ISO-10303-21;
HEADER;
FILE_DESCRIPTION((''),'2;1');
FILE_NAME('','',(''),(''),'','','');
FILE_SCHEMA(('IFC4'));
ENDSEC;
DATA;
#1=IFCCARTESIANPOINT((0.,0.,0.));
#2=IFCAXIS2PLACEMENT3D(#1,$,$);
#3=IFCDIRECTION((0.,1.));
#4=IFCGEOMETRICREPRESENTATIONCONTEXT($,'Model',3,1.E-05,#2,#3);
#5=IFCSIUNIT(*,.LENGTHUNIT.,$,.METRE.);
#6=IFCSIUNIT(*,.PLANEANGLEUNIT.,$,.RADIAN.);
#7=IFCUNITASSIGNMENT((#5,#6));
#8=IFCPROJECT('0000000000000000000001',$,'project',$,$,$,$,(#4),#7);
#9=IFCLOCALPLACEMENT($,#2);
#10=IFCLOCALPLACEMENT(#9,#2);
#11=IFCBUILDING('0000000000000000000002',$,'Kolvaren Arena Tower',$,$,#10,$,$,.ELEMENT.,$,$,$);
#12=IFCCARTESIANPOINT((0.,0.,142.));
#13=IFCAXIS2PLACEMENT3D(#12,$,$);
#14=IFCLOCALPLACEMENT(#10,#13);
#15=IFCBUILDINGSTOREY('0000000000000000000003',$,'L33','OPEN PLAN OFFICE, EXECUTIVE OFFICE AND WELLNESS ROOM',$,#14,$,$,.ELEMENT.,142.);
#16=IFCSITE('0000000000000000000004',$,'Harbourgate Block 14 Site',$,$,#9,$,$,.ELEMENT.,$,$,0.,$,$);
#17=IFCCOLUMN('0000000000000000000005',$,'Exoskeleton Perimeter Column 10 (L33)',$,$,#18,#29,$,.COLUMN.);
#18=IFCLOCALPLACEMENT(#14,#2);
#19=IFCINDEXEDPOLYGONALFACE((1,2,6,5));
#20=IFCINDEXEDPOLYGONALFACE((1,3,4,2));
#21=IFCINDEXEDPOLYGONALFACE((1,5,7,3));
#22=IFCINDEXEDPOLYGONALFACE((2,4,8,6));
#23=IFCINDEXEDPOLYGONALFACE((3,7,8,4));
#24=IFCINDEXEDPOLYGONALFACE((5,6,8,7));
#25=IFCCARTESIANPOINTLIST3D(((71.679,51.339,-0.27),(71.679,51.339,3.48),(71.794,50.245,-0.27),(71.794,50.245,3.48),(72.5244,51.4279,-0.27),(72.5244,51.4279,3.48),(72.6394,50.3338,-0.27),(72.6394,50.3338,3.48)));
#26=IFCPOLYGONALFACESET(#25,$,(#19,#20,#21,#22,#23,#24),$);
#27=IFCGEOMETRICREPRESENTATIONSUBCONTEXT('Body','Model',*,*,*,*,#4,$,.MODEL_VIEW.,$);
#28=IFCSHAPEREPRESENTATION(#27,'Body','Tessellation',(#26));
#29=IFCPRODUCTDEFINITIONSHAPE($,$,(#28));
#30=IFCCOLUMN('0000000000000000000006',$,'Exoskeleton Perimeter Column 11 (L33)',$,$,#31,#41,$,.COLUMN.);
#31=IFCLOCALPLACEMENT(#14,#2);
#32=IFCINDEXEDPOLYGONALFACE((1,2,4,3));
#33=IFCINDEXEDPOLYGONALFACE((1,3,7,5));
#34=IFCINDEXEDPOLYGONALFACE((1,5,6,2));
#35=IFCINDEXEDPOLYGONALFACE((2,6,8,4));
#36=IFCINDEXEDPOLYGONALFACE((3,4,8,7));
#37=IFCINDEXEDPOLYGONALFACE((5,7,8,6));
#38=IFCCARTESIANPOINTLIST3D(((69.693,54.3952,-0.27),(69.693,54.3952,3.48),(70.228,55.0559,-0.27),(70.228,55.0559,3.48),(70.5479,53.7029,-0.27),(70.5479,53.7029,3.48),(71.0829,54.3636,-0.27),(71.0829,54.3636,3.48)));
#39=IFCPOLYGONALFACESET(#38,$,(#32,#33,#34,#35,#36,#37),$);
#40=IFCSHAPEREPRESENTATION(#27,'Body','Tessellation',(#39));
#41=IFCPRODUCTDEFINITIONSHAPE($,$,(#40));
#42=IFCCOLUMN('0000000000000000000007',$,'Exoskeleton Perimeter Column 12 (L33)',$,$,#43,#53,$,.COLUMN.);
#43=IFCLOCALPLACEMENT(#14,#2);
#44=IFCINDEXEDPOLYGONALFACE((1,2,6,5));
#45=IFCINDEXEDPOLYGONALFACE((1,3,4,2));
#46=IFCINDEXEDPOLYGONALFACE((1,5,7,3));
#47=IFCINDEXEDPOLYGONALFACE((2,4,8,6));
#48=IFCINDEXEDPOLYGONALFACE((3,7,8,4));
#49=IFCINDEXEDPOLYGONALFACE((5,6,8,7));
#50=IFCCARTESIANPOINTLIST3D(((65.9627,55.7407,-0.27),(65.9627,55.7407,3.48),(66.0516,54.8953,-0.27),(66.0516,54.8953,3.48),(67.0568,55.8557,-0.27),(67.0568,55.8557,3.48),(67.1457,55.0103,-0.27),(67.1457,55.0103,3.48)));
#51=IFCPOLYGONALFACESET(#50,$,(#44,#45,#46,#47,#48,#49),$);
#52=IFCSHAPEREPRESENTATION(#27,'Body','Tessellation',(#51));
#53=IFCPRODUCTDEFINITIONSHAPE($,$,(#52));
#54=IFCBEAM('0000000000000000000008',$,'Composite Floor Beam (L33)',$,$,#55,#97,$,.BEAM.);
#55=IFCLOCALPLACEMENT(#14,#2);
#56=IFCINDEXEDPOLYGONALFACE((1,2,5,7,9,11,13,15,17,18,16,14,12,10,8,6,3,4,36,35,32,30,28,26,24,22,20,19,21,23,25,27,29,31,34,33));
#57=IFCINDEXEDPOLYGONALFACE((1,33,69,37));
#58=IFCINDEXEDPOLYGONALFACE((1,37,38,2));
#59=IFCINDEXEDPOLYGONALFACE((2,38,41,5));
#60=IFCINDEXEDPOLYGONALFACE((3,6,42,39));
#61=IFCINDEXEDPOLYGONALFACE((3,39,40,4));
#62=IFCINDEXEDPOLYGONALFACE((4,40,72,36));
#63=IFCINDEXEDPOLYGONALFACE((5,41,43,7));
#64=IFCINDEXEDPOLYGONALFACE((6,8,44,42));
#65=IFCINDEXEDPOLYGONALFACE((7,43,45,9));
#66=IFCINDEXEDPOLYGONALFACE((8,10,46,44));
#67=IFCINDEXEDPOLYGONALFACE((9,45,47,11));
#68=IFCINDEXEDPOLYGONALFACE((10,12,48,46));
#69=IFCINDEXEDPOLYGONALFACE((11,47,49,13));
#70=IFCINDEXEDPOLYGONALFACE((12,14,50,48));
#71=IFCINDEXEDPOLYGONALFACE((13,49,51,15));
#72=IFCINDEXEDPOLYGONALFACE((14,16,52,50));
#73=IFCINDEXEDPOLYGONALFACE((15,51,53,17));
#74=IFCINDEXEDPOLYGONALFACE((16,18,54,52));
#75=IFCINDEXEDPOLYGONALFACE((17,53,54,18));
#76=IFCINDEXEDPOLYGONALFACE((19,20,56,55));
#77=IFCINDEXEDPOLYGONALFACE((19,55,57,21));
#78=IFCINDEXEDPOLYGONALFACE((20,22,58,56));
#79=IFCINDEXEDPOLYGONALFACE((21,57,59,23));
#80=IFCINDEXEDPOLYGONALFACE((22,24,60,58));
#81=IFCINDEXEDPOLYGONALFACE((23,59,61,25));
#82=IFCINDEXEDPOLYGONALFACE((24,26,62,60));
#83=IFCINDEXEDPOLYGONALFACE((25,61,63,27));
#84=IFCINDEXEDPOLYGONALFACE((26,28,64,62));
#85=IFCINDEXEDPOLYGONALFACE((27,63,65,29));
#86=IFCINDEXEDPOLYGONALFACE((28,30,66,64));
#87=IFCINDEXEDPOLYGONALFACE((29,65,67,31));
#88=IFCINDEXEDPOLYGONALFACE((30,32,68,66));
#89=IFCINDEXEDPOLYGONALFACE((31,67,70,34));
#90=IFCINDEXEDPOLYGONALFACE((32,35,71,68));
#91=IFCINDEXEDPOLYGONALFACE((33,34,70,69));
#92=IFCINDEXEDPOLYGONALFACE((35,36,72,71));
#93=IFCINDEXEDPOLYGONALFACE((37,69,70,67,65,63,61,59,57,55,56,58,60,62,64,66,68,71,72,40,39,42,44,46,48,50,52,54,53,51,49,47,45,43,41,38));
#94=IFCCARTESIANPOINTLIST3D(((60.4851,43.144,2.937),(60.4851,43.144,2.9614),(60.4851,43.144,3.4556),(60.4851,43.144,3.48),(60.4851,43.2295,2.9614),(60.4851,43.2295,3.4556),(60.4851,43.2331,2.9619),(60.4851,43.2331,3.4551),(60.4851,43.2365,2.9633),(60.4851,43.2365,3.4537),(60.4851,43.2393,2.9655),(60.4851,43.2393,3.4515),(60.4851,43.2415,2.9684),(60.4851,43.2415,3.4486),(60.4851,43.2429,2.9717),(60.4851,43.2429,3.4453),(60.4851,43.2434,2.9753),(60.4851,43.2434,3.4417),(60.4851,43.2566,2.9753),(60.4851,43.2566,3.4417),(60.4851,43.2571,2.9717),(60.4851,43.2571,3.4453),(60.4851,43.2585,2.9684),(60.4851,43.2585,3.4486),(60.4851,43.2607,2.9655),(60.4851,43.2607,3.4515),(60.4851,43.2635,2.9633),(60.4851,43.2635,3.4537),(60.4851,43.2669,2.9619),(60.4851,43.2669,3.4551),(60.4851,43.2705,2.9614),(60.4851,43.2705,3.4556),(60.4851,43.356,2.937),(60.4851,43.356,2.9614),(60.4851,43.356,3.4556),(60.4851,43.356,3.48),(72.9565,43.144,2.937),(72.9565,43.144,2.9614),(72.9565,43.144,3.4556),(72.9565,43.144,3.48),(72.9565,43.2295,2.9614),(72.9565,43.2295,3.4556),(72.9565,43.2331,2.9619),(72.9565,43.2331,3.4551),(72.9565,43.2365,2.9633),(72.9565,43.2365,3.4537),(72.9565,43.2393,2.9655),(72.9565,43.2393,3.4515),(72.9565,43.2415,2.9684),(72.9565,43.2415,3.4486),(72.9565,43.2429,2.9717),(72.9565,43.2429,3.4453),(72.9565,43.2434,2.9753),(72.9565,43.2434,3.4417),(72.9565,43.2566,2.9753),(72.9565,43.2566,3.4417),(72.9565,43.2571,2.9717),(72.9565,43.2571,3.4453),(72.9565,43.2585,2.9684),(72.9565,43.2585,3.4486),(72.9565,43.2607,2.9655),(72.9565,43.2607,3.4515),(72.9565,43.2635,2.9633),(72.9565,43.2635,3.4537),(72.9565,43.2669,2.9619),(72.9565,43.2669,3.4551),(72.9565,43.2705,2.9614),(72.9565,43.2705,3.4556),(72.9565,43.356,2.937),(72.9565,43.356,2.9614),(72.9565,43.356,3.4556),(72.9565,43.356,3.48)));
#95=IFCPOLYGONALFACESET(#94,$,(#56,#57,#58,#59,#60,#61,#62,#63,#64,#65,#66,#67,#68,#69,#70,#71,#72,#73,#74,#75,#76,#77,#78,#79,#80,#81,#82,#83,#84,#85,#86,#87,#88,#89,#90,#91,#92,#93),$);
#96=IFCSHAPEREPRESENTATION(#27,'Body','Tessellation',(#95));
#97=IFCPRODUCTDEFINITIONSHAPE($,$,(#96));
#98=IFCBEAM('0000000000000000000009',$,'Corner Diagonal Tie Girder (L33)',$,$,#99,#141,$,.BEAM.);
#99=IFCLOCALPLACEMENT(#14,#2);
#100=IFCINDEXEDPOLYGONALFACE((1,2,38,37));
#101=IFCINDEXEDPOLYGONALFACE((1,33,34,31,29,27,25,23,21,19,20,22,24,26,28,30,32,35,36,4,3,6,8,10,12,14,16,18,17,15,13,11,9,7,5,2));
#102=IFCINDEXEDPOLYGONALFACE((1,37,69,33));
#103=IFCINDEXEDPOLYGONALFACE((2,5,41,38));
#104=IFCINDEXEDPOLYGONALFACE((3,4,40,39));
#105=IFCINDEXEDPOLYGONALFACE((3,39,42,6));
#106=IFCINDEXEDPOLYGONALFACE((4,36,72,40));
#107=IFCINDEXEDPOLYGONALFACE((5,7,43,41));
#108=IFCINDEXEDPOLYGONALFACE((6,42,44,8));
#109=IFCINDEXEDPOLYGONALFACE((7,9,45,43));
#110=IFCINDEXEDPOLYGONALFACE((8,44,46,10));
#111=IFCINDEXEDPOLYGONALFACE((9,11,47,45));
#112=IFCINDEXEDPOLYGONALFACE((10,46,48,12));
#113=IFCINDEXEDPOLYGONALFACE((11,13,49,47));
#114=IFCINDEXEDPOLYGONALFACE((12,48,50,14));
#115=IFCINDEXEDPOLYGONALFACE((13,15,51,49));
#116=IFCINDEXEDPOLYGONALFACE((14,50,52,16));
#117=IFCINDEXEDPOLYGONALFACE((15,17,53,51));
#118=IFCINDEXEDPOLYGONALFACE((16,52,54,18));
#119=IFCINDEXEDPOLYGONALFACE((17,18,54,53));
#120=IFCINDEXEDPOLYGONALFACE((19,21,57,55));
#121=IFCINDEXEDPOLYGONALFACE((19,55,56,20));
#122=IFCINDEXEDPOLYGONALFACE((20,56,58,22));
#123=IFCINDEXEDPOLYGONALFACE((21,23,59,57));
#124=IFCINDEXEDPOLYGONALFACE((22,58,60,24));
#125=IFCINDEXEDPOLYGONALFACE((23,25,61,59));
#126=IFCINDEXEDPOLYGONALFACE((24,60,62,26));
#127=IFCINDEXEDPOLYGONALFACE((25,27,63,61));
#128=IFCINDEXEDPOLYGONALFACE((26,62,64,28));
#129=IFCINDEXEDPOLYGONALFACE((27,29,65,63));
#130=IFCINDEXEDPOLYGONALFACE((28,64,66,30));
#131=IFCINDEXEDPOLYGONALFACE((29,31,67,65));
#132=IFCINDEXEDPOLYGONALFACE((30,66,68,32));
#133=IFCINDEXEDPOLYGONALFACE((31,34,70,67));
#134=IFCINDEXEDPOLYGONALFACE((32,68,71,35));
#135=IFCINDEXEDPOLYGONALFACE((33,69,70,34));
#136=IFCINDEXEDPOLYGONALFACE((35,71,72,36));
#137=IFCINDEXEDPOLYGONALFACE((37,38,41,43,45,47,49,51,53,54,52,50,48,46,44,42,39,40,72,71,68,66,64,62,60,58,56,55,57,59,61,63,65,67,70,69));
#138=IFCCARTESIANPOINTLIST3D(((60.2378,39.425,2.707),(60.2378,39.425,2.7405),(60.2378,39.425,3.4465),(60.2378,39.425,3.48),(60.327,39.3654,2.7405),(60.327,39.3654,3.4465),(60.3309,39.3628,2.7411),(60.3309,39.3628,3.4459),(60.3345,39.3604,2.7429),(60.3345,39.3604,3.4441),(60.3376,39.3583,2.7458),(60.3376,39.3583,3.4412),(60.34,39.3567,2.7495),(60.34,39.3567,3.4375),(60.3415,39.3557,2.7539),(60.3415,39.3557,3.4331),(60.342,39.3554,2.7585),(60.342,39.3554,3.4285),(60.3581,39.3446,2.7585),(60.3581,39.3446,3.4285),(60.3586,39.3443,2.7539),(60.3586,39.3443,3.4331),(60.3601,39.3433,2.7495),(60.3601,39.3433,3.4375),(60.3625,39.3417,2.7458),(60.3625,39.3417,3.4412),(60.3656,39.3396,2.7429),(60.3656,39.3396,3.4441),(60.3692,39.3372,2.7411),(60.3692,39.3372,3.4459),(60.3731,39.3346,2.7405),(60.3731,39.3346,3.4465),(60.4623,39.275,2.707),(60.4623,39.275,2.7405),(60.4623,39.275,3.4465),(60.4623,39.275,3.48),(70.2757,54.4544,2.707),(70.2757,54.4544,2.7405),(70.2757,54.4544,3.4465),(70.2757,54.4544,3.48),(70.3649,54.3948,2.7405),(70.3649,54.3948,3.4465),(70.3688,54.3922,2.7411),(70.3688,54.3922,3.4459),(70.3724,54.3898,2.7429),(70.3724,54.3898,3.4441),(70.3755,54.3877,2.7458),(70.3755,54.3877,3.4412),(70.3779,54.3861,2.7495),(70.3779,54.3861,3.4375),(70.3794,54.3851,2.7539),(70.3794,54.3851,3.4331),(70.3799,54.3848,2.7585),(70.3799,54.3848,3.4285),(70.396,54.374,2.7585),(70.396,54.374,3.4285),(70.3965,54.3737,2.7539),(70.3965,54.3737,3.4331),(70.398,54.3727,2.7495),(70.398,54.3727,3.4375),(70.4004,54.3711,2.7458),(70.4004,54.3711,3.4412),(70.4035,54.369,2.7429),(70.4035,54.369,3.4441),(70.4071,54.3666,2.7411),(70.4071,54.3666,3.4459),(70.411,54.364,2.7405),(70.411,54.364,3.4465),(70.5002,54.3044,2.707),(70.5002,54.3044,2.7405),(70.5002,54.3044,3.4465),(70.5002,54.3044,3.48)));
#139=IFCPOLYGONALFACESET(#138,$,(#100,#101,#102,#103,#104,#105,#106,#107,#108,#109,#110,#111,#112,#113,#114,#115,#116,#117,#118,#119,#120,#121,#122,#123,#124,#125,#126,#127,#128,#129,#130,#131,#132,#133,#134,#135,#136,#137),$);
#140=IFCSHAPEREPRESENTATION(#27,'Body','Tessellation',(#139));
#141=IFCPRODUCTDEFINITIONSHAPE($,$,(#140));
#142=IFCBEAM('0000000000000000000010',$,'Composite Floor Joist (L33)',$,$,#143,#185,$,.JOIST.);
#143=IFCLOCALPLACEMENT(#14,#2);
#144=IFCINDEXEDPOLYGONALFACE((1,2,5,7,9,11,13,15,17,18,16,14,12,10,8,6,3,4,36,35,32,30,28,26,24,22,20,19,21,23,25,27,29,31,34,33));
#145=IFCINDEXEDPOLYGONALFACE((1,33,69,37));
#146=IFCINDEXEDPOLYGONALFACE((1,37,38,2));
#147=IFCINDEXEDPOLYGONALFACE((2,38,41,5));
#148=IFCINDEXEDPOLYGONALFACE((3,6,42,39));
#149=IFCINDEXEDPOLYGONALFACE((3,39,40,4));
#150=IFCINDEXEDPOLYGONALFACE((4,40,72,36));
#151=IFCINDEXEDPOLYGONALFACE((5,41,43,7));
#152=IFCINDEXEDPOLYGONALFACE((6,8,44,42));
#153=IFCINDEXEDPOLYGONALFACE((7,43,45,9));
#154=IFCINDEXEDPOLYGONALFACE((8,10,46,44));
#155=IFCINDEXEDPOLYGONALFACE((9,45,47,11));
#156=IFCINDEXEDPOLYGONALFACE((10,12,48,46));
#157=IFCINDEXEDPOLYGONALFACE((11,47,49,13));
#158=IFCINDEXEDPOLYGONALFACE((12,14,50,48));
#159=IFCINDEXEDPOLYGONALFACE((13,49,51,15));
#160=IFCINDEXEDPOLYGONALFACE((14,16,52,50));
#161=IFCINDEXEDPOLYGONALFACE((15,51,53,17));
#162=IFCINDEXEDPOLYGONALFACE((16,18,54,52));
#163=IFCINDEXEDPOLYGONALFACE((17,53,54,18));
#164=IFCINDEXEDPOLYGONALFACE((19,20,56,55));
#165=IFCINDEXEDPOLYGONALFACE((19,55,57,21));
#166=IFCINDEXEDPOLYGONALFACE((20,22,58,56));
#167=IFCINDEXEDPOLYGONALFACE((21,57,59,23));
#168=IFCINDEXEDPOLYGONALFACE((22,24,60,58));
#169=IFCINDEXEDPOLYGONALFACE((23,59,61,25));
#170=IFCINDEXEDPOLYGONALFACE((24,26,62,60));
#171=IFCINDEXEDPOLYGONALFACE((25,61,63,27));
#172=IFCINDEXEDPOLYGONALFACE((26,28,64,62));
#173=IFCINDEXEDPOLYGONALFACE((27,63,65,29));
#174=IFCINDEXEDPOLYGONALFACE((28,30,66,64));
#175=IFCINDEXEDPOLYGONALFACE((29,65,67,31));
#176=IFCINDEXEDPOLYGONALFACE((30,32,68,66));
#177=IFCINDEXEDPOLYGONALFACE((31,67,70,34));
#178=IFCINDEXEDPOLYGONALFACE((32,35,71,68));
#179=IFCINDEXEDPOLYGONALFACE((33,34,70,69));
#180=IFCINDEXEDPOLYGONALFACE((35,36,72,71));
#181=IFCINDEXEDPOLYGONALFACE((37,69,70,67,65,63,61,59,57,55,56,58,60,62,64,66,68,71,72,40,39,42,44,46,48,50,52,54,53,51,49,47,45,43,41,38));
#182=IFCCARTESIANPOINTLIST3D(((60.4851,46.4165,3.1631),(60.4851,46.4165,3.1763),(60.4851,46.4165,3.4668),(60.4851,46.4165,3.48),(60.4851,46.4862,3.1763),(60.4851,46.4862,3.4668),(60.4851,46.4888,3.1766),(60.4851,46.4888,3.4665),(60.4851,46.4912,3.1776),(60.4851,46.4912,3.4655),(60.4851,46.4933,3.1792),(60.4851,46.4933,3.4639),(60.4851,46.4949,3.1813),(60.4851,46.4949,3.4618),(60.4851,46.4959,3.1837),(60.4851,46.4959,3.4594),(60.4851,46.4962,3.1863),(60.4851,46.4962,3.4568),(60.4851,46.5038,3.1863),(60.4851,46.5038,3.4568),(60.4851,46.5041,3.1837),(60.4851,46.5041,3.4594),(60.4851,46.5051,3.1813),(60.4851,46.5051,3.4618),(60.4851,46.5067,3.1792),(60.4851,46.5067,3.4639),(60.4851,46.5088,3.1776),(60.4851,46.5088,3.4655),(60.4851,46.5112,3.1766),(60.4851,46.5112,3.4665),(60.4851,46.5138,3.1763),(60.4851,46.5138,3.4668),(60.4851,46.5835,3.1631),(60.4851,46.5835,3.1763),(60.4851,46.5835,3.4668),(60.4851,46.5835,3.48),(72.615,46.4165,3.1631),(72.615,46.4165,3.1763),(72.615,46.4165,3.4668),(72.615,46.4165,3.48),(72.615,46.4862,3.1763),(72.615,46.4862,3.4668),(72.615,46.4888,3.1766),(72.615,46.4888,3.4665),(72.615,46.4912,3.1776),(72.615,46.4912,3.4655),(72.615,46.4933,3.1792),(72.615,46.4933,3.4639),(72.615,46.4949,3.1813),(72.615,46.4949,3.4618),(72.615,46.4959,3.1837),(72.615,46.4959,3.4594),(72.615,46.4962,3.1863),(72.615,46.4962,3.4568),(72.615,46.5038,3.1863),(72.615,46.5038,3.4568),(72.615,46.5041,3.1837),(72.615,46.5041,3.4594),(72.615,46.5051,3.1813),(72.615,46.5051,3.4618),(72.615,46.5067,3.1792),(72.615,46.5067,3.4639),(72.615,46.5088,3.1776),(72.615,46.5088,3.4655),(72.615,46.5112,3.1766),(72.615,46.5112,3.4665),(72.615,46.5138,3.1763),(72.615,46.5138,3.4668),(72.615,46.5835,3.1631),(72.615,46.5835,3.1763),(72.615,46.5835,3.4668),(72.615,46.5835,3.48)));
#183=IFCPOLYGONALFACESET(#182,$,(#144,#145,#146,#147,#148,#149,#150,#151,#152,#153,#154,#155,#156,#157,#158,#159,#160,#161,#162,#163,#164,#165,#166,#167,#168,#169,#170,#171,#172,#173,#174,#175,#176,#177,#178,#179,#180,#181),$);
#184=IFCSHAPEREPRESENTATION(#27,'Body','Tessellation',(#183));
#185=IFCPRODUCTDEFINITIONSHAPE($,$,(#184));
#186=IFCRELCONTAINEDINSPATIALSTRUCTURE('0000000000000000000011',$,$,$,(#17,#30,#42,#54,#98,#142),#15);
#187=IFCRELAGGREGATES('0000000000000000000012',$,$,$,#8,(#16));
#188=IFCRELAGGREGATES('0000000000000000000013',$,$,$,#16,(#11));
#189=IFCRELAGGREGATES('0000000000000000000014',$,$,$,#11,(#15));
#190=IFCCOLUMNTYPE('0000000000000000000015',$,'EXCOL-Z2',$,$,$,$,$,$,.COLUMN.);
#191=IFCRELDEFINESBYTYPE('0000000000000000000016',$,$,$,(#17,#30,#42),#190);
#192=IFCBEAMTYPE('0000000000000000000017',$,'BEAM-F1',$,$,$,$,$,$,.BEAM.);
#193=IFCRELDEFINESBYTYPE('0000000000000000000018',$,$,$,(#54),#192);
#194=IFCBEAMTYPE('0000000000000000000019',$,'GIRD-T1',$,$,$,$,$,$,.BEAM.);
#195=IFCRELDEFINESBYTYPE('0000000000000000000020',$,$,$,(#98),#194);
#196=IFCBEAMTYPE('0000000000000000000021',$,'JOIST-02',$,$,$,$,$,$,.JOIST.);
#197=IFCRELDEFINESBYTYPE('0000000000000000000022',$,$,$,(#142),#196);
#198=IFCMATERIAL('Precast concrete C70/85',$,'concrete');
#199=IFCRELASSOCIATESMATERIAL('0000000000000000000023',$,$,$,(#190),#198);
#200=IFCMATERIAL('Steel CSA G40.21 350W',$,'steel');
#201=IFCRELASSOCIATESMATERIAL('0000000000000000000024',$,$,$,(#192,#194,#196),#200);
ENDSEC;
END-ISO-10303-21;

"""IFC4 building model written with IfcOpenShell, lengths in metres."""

from ifc_helpers import new_model, si_unit, direction, frame, origin, origin_2d, place, context, subcontext, project, spatial, rectangle, i_section, extrude, material, material_profile, profile_set, type_object, element, save


model = new_model("IFC4")

# Units and contexts
model_context = context("Model", 3, precision=1e-05, world=origin(), true_north=direction((0.0, 1.0)))
body_context = subcontext(model_context, "Body", "Model", "MODEL_VIEW")
ifc_project = project(units=[si_unit("LENGTHUNIT", "METRE"), si_unit("PLANEANGLEUNIT", "RADIAN")], contexts=[model_context])

# Site, building, storey
site_placement = place(None, origin())
site = spatial("IfcSite", under=ifc_project, at=site_placement, Name="Harbourgate Block 14 Site", CompositionType="ELEMENT", RefElevation=0.0)
building_placement = place(site_placement, origin())
building = spatial("IfcBuilding", under=site, at=building_placement, Name="Kolvaren Arena Tower", CompositionType="ELEMENT")
storey_placement = place(building_placement, frame((0.0, 0.0, 142.0)))
storey = spatial("IfcBuildingStorey", under=building, at=storey_placement, Name="L33", Description="OPEN PLAN OFFICE, EXECUTIVE OFFICE AND WELLNESS ROOM", CompositionType="ELEMENT", Elevation=142.0)

# Columns
ifc_material_1 = material(Name="Precast concrete C70/85", Category="concrete")
ifc_material_profile_1 = material_profile(ifc_material_1, rectangle(XDim=1.1001, YDim=0.8501, at=origin_2d()), Name="RC-1100x850")
ifc_profile_set_1 = profile_set([ifc_material_profile_1], Name="Precast concrete C70/85")
column_type = type_object("IfcColumnType", Name="EXCOL-Z2", PredefinedType="COLUMN", material=ifc_profile_set_1)
for number, where, z_axis, x_axis, name in (
    (1, (72.1592, 50.8364, -0.27), (0.0, 0.0, 1.0), (-0.104528, 0.994522, 0.0), "Exoskeleton Perimeter Column 10 (L33)"),
    (2, (70.3879, 54.3794, -0.27), (0.0, 0.0, 1.0), (-0.777146, 0.62932, 0.0), "Exoskeleton Perimeter Column 11 (L33)"),
    (3, (66.5542, 55.3755, -0.27), (0.0, 0.0, 1.0), (0.994522, 0.104528, 0.0), "Exoskeleton Perimeter Column 12 (L33)"),
):
    element("IfcColumn", number, at=place(storey_placement, frame(where, z_axis=z_axis, x_axis=x_axis)), inside=storey, type_object=column_type, Name=name, PredefinedType="COLUMN", context=body_context, shape_type="SweptSolid", body=[
        extrude(rectangle(XDim=1.1001, YDim=0.8501, at=origin_2d()), origin(), (0.0, 0.0, 1.0), 3.75),
    ])

# Beams
ifc_material_2 = material(Name="Steel CSA G40.21 350W", Category="steel")
ifc_material_profile_2 = material_profile(ifc_material_2, i_section(OverallWidth=0.2119, OverallDepth=0.543, WebThickness=0.0132, FlangeThickness=0.0244, FilletRadius=0.0139, at=origin_2d()), Name="W530x150")
ifc_profile_set_2 = profile_set([ifc_material_profile_2], Name="Steel CSA G40.21 350W")
beam_type_1 = type_object("IfcBeamType", Name="BEAM-F1", PredefinedType="BEAM", material=ifc_profile_set_2)
beam_1_placement = place(storey_placement, frame((60.4851, 43.25, 3.2085), z_axis=(1.0, 0.0, 0.0), x_axis=(0.0, 1.0, 0.0)))
element("IfcBeam", 4, at=beam_1_placement, inside=storey, type_object=beam_type_1, Name="Composite Floor Beam (L33)", PredefinedType="BEAM", context=body_context, shape_type="SweptSolid", body=[
    extrude(i_section(OverallWidth=0.2119, OverallDepth=0.543, WebThickness=0.0132, FlangeThickness=0.0244, FilletRadius=0.0139, at=origin_2d()), origin(), (0.0, 0.0, 1.0), 12.4714),
])
ifc_material_profile_3 = material_profile(ifc_material_2, i_section(OverallWidth=0.27, OverallDepth=0.7729, WebThickness=0.0193, FlangeThickness=0.0334, FilletRadius=0.0181, at=origin_2d()), Name="W760x257")
ifc_profile_set_3 = profile_set([ifc_material_profile_3], Name="Steel CSA G40.21 350W")
beam_type_2 = type_object("IfcBeamType", Name="GIRD-T1", PredefinedType="BEAM", material=ifc_profile_set_3)
beam_2_placement = place(storey_placement, frame((70.3879, 54.3794, 3.0935), z_axis=(-0.555401, -0.831582, 0.0), x_axis=(0.831582, -0.555401, 0.0)))
element("IfcBeam", 5, at=beam_2_placement, inside=storey, type_object=beam_type_2, Name="Corner Diagonal Tie Girder (L33)", PredefinedType="BEAM", context=body_context, shape_type="SweptSolid", body=[
    extrude(i_section(OverallWidth=0.27, OverallDepth=0.7729, WebThickness=0.0193, FlangeThickness=0.0334, FilletRadius=0.0181, at=origin_2d()), origin(), (0.0, 0.0, 1.0), 18.0732),
])
ifc_material_profile_4 = material_profile(ifc_material_2, i_section(OverallWidth=0.167, OverallDepth=0.3169, WebThickness=0.0076, FlangeThickness=0.0132, FilletRadius=0.01, at=origin_2d()), Name="W310x52")
ifc_profile_set_4 = profile_set([ifc_material_profile_4], Name="Steel CSA G40.21 350W")
beam_type_3 = type_object("IfcBeamType", Name="JOIST-02", PredefinedType="JOIST", material=ifc_profile_set_4)
beam_3_placement = place(storey_placement, frame((60.4851, 46.5, 3.3215), z_axis=(1.0, 0.0, 0.0), x_axis=(0.0, 1.0, 0.0)))
element("IfcBeam", 6, at=beam_3_placement, inside=storey, type_object=beam_type_3, Name="Composite Floor Joist (L33)", PredefinedType="JOIST", context=body_context, shape_type="SweptSolid", body=[
    extrude(i_section(OverallWidth=0.167, OverallDepth=0.3169, WebThickness=0.0076, FlangeThickness=0.0132, FilletRadius=0.01, at=origin_2d()), origin(), (0.0, 0.0, 1.0), 12.1299),
])

save(model, "model.ifc")
